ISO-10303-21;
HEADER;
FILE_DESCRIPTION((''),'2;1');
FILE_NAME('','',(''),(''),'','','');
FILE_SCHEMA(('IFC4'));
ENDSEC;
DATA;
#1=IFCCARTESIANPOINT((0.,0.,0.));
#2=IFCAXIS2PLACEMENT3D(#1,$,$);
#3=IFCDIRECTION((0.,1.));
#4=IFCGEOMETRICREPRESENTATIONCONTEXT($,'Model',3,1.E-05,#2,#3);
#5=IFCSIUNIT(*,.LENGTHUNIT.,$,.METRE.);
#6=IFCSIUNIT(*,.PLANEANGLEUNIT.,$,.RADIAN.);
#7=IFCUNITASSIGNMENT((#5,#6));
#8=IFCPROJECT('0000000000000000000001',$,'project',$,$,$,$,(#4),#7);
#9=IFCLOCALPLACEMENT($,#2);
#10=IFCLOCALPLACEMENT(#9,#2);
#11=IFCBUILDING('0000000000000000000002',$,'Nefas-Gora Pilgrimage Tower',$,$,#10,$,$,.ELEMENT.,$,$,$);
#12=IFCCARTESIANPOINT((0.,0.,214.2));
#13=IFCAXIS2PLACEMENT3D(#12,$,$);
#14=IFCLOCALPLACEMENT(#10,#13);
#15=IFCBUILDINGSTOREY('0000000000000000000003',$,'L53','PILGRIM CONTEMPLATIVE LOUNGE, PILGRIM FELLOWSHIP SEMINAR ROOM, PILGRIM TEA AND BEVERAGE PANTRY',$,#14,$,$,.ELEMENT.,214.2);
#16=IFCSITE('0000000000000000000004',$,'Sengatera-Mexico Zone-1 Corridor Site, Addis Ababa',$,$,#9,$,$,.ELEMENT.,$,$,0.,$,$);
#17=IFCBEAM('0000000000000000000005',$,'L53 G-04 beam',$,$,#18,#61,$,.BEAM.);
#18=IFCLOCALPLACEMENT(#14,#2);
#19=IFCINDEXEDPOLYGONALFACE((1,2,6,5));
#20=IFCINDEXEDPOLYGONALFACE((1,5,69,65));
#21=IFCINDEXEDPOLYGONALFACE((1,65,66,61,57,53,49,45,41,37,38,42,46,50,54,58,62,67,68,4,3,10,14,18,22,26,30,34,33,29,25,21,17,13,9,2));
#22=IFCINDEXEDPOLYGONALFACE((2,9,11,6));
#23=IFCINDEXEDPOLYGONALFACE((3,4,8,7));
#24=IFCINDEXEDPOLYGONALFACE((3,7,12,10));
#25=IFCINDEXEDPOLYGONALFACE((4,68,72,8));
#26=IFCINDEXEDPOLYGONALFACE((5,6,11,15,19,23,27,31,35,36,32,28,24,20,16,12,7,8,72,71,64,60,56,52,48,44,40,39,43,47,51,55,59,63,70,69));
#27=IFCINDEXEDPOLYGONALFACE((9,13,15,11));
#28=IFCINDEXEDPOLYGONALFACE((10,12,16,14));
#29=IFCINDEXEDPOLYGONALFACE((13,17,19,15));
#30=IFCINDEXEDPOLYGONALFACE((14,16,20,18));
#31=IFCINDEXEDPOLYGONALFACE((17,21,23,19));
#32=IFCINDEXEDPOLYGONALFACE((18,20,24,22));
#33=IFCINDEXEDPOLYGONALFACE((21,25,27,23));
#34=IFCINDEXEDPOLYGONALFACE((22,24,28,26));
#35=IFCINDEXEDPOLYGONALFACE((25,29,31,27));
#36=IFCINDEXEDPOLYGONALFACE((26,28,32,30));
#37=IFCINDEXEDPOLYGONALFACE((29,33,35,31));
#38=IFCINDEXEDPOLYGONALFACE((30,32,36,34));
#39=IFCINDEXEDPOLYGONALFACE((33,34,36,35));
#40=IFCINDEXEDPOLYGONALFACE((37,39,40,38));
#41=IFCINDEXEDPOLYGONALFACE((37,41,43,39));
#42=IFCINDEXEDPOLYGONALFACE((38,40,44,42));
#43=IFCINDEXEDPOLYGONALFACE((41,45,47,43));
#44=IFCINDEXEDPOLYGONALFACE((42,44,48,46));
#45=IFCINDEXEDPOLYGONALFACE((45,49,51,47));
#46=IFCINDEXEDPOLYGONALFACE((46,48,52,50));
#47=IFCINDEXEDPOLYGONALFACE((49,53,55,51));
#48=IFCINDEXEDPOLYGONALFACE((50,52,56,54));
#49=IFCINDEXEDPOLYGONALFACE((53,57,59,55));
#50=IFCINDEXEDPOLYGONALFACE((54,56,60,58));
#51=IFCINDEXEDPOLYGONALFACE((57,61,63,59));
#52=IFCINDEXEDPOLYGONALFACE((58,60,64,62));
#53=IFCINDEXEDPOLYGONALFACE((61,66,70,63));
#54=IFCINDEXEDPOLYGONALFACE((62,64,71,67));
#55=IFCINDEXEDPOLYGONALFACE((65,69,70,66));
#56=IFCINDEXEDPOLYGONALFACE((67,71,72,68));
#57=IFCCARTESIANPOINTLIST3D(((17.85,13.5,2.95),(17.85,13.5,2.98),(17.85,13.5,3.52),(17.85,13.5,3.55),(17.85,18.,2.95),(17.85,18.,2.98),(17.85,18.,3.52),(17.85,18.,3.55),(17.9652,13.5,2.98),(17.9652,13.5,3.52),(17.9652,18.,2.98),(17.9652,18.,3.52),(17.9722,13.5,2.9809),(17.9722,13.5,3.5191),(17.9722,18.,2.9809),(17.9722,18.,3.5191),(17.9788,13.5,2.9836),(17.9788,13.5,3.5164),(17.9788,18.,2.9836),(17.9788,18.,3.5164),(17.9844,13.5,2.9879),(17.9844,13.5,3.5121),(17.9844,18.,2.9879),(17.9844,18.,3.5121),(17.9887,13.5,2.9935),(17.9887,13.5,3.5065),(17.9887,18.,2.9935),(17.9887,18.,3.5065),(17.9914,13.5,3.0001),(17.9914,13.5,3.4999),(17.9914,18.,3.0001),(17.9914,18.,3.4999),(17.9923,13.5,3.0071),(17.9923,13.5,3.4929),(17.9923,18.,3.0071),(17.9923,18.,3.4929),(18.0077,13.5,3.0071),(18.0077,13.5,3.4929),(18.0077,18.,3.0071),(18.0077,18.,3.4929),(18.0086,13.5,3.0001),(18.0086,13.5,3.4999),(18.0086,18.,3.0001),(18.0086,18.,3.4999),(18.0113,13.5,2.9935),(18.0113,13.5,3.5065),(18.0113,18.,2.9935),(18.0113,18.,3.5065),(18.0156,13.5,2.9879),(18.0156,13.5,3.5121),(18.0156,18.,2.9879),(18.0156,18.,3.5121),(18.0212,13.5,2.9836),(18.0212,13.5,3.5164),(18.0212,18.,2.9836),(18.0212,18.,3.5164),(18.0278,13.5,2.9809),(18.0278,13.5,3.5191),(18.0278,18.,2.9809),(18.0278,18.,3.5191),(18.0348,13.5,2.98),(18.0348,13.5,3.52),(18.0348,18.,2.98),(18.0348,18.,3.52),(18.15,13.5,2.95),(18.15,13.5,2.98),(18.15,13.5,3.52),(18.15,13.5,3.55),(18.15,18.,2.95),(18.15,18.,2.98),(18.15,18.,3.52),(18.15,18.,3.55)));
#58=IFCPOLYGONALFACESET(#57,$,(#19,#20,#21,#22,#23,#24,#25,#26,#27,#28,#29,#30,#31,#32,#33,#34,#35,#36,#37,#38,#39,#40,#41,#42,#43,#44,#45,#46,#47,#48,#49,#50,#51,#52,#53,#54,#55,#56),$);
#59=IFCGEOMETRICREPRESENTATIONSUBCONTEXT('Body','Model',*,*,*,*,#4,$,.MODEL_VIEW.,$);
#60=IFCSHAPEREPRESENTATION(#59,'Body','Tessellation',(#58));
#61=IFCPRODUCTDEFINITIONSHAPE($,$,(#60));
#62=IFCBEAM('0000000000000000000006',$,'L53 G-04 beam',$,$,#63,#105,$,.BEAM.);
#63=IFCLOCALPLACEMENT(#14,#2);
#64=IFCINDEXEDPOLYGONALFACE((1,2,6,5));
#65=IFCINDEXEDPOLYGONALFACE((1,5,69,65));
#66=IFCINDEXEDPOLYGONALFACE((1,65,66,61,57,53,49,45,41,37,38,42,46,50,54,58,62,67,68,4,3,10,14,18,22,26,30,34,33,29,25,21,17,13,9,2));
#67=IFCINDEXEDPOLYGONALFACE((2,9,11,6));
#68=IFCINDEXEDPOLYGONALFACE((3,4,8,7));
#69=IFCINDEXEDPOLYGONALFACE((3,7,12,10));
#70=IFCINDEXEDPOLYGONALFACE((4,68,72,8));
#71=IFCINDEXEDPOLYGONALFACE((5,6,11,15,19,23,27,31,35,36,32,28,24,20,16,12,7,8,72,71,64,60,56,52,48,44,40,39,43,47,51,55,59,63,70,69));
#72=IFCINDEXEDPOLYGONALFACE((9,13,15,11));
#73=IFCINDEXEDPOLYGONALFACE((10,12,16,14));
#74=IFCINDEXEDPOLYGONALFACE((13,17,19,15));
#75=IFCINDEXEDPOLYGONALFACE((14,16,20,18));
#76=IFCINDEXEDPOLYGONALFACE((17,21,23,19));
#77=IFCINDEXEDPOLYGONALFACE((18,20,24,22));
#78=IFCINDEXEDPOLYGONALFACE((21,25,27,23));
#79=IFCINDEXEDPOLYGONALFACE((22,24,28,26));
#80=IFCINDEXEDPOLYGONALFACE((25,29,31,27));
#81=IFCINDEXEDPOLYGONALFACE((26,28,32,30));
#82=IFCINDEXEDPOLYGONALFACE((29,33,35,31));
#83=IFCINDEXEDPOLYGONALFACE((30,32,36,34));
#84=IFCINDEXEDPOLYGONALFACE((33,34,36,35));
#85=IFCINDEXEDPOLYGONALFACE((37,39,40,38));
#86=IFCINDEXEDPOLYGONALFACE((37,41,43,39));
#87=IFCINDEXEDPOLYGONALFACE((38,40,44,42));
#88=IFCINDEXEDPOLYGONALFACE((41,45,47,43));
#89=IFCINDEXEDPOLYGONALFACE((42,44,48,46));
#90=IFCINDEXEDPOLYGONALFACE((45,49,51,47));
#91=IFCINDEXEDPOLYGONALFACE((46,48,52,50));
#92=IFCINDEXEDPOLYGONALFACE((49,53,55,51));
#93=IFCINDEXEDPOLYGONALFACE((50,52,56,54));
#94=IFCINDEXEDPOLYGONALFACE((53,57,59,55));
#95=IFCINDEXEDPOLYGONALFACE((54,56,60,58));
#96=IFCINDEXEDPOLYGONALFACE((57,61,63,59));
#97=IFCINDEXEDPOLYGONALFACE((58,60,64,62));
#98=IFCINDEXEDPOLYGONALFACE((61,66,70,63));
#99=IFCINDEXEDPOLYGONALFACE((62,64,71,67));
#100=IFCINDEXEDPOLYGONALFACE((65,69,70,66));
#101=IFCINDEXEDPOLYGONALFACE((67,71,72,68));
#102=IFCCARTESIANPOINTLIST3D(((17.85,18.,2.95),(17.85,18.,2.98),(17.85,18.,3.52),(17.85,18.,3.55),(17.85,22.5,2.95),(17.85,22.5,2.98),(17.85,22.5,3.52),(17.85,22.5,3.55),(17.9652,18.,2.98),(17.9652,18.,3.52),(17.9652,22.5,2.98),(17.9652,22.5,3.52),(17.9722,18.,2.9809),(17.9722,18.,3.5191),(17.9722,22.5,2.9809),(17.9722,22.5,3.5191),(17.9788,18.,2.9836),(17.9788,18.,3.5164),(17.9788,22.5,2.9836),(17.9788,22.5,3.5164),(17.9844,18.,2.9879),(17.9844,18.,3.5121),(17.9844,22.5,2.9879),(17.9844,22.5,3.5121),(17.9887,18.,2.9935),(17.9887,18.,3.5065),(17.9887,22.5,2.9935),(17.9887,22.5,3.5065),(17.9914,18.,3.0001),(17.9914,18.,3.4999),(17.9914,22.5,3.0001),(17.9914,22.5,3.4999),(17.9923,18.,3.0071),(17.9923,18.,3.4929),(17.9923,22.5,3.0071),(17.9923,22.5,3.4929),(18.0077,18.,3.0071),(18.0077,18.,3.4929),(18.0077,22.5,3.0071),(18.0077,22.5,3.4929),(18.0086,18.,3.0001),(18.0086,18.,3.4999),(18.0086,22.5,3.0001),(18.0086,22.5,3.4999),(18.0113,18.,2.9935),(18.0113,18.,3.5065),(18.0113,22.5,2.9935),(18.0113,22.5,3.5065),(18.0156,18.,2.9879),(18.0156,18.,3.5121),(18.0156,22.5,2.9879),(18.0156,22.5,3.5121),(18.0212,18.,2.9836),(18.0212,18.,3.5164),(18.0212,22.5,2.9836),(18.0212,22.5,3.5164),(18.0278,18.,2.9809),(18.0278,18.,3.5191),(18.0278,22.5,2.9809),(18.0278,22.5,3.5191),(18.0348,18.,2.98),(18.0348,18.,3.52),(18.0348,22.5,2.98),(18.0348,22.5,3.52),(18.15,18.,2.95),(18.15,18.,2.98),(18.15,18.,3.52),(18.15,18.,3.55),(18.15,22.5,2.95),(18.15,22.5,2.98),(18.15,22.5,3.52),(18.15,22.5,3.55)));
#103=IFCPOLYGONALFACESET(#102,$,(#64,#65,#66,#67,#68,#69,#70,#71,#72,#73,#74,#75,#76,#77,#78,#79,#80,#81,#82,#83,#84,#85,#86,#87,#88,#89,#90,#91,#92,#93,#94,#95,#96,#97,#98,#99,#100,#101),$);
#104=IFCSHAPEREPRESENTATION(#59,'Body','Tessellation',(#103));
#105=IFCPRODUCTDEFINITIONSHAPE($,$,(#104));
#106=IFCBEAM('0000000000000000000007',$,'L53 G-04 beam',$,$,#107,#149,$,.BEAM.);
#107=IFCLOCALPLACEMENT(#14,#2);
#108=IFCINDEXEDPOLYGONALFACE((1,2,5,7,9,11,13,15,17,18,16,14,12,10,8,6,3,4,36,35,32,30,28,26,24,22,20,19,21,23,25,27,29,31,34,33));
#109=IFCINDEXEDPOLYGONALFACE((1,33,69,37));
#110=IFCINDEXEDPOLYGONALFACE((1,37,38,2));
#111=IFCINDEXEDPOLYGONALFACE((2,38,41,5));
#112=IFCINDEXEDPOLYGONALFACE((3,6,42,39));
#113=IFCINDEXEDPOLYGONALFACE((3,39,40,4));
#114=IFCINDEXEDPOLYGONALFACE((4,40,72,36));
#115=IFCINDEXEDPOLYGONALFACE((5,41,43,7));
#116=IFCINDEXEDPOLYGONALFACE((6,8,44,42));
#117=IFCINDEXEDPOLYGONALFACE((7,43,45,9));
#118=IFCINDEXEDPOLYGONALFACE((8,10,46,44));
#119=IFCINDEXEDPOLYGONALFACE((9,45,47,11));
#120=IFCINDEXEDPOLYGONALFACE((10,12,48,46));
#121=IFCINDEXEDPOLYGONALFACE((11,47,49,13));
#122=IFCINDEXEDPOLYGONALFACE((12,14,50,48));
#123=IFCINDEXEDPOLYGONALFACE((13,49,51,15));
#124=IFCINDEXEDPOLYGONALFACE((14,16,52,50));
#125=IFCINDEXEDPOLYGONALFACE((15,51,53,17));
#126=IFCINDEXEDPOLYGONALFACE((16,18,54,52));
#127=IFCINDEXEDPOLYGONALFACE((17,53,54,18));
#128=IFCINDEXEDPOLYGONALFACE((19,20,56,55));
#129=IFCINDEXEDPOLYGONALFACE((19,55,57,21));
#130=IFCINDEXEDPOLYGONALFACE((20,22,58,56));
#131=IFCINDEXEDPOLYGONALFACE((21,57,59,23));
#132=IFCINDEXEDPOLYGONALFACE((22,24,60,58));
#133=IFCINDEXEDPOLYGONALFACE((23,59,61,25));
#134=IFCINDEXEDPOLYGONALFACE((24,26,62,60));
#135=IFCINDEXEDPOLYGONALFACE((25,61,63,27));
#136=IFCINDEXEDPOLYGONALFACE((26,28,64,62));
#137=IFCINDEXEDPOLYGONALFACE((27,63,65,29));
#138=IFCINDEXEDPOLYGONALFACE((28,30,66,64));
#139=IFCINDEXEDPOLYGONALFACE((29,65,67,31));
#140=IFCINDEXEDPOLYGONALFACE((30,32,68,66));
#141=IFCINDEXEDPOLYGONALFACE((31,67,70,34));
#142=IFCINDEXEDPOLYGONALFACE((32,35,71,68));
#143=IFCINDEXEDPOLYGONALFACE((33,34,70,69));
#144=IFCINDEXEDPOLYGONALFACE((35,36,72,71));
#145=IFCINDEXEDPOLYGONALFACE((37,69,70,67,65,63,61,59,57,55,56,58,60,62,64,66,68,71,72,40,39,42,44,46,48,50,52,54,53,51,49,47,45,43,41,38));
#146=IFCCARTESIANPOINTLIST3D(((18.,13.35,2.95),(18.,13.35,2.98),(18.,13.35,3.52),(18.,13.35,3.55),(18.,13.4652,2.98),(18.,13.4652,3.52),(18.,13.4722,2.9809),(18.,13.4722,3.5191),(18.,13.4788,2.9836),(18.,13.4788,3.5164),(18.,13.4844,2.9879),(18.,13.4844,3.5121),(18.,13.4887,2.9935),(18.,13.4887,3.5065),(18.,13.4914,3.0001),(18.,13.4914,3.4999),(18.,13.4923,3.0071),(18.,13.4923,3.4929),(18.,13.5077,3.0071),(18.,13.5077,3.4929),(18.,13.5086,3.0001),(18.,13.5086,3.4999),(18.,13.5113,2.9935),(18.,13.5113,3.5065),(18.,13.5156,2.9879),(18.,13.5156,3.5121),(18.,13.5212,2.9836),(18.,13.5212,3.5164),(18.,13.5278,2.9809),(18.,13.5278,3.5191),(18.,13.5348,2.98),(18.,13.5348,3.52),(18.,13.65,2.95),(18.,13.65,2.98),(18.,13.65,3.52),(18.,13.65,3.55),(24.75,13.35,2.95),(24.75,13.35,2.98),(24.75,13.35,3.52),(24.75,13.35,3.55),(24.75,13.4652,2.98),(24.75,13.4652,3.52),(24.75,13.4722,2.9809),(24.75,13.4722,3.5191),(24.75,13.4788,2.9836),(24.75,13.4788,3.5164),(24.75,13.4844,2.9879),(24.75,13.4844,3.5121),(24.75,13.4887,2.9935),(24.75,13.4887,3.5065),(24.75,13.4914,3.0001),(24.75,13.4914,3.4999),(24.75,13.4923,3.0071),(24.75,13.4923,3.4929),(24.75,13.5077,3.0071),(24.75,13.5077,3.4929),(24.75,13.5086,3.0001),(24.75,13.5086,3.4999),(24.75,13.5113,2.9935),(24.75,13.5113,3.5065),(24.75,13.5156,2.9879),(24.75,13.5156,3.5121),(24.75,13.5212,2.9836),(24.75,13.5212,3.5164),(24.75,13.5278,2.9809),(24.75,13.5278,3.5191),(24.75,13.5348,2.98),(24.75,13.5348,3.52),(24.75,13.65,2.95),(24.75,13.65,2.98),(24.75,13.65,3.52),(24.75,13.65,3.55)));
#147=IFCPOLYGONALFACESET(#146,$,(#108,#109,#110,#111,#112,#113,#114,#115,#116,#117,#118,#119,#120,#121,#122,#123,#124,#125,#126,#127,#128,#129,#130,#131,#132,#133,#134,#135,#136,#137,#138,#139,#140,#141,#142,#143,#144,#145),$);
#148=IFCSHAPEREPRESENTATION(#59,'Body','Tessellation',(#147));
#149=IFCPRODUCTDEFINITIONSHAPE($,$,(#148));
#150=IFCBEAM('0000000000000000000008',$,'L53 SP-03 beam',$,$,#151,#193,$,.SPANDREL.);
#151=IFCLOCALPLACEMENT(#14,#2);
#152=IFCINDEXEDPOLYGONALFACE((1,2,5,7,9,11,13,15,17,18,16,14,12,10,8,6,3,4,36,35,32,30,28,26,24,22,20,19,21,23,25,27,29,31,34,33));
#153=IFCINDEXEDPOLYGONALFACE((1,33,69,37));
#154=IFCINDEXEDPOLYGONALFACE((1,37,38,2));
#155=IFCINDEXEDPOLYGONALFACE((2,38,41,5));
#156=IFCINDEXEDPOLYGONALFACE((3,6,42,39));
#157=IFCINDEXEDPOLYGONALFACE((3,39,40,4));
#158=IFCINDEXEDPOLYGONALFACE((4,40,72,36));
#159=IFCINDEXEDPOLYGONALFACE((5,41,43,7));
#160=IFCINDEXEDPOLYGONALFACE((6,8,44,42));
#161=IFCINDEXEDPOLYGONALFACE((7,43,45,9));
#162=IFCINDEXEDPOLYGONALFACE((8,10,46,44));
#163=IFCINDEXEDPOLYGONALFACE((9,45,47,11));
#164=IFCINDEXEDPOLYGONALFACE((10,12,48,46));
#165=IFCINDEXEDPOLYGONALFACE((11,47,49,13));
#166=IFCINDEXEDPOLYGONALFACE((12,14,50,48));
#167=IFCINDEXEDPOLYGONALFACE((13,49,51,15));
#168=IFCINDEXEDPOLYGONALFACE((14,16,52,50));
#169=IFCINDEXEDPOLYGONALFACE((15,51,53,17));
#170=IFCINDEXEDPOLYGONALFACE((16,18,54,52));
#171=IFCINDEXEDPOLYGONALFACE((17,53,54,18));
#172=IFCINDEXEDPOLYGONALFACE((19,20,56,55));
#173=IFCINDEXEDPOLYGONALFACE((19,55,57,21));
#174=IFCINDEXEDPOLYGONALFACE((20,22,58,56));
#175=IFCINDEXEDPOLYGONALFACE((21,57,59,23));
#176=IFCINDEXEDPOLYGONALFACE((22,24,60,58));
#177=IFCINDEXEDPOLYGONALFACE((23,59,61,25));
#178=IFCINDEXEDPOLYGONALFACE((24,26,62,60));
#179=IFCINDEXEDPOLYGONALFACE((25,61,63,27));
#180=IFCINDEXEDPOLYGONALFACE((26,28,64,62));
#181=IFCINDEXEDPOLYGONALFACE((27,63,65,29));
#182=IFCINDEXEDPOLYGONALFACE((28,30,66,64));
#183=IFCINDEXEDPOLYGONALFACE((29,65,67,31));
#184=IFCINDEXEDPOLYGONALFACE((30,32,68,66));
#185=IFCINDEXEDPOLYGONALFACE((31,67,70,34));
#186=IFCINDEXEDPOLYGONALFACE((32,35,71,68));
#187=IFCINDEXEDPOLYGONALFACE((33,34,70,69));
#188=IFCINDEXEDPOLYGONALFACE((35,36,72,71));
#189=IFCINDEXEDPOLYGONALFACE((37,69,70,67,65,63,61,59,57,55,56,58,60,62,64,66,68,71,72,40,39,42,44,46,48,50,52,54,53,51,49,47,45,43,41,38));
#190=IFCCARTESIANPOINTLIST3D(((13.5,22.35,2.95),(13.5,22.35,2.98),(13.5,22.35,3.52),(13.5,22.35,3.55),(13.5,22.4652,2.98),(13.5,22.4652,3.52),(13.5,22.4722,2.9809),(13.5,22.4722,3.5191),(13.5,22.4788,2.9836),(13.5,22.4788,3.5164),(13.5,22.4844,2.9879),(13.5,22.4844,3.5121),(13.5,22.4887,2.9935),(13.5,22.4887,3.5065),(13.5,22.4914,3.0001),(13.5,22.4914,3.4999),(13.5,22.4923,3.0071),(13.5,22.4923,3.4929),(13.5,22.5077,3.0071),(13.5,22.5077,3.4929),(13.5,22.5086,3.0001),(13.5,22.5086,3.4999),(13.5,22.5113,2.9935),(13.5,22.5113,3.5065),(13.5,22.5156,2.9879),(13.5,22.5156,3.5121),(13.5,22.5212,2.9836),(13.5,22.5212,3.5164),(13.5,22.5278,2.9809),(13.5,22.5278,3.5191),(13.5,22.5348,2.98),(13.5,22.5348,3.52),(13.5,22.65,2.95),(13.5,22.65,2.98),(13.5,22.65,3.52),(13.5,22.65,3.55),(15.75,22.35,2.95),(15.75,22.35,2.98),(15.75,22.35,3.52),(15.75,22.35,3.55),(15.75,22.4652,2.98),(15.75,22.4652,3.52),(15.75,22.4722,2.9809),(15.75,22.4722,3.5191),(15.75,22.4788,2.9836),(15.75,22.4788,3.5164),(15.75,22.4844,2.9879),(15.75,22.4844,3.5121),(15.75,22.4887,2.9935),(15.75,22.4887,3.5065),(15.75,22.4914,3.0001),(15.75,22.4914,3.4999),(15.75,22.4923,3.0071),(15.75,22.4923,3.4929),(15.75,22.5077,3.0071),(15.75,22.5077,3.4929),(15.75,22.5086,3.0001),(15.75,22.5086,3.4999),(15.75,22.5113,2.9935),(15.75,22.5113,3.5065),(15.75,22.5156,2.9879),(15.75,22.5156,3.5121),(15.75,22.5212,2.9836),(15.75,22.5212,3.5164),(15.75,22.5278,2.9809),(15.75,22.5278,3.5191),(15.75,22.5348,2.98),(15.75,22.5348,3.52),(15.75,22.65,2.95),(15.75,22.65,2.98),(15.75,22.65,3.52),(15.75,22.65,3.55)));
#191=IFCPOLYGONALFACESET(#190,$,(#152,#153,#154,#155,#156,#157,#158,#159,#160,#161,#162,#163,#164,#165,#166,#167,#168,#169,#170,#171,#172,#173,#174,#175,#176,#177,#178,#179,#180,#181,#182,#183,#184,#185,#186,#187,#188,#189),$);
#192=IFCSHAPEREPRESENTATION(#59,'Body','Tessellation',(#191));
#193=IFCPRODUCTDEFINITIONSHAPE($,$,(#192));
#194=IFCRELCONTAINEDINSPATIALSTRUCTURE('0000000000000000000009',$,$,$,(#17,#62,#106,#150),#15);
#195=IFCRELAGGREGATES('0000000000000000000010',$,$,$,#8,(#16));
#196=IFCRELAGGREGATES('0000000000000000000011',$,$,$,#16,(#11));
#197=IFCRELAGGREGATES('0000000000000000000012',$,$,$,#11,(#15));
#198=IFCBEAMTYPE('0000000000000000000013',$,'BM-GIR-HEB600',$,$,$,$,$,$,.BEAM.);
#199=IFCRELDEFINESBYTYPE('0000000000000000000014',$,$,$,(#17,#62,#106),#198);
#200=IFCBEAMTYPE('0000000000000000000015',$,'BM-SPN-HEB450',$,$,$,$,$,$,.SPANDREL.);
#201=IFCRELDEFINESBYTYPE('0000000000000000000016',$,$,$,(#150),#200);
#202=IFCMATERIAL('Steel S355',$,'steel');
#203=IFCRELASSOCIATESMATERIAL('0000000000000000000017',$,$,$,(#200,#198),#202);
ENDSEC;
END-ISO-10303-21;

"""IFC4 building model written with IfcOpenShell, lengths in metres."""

from ifc_helpers import new_model, si_unit, direction, frame, origin, origin_2d, place, context, subcontext, project, spatial, i_section, extrude, source, transform, mapped, material, material_profile, profile_set, type_object, element, save


model = new_model("IFC4")

# Units and contexts
model_context = context("Model", 3, precision=1e-05, world=origin(), true_north=direction((0.0, 1.0)))
body_context = subcontext(model_context, "Body", "Model", "MODEL_VIEW")
ifc_project = project(units=[si_unit("LENGTHUNIT", "METRE"), si_unit("PLANEANGLEUNIT", "RADIAN")], contexts=[model_context])

# Site, building, storey
site_placement = place(None, origin())
site = spatial("IfcSite", under=ifc_project, at=site_placement, Name="Sengatera-Mexico Zone-1 Corridor Site, Addis Ababa", CompositionType="ELEMENT", RefElevation=0.0)
building_placement = place(site_placement, origin())
building = spatial("IfcBuilding", under=site, at=building_placement, Name="Nefas-Gora Pilgrimage Tower", CompositionType="ELEMENT")
storey_placement = place(building_placement, frame((0.0, 0.0, 214.2)))
storey = spatial("IfcBuildingStorey", under=building, at=storey_placement, Name="L53", Description="PILGRIM CONTEMPLATIVE LOUNGE, PILGRIM FELLOWSHIP SEMINAR ROOM, PILGRIM TEA AND BEVERAGE PANTRY", CompositionType="ELEMENT", Elevation=214.2)

# Beams
ifc_material_1 = material(Name="Steel S355", Category="steel")
ifc_material_profile_1 = material_profile(ifc_material_1, i_section(OverallWidth=0.3, OverallDepth=0.6001, WebThickness=0.0154, FlangeThickness=0.03, FilletRadius=0.0271, at=origin_2d()), Name="HEB 600")
ifc_profile_set_1 = profile_set([ifc_material_profile_1], Name="Steel S355")
beam_type_1 = type_object("IfcBeamType", Name="BM-SPN-HEB450", PredefinedType="SPANDREL", material=ifc_profile_set_1)
ifc_material_profile_2 = material_profile(ifc_material_1, i_section(OverallWidth=0.3, OverallDepth=0.6001, WebThickness=0.0154, FlangeThickness=0.03, FilletRadius=0.0271, at=origin_2d()), Name="HEB 600")
ifc_profile_set_2 = profile_set([ifc_material_profile_2], Name="Steel S355")
beam_type_2 = type_object("IfcBeamType", Name="BM-GIR-HEB600", PredefinedType="BEAM", material=ifc_profile_set_2)
shared_shape_1 = source(origin(), body_context, "Body", "SweptSolid", [
    extrude(i_section(OverallWidth=0.3, OverallDepth=0.6001, WebThickness=0.0154, FlangeThickness=0.03, FilletRadius=0.0271, at=origin_2d()), origin(), (0.0, 0.0, 1.0), 4.5),
])
for number, where, z_axis, x_axis, name in (
    (1, (18.0, 13.5, 3.25), (0.0, 1.0, 0.0), (-1.0, 0.0, 0.0), "L53 G-04 beam"),
    (2, (18.0, 18.0, 3.25), (0.0, 1.0, 0.0), (-1.0, 0.0, 0.0), "L53 G-04 beam"),
):
    element("IfcBeam", number, at=place(storey_placement, frame(where, z_axis=z_axis, x_axis=x_axis)), inside=storey, type_object=beam_type_2, Name=name, PredefinedType="BEAM", context=body_context, shape_type="MappedRepresentation", body=[
        mapped(shared_shape_1, transform((0.0, 0.0, 0.0), x_axis=(1.0, 0.0, 0.0), y_axis=(0.0, 1.0, 0.0), z_axis=(0.0, 0.0, 1.0), scale=1.0)),
    ])
shared_shape_2 = source(origin(), body_context, "Body", "SweptSolid", [
    extrude(i_section(OverallWidth=0.3, OverallDepth=0.6001, WebThickness=0.0154, FlangeThickness=0.03, FilletRadius=0.0271, at=origin_2d()), origin(), (0.0, 0.0, 1.0), 6.75),
])
beam_1_placement = place(storey_placement, frame((18.0, 13.5, 3.25), z_axis=(1.0, 0.0, 0.0), x_axis=(0.0, 1.0, 0.0)))
element("IfcBeam", 3, at=beam_1_placement, inside=storey, type_object=beam_type_2, Name="L53 G-04 beam", PredefinedType="BEAM", context=body_context, shape_type="MappedRepresentation", body=[
    mapped(shared_shape_2, transform((0.0, 0.0, 0.0), x_axis=(1.0, 0.0, 0.0), y_axis=(0.0, 1.0, 0.0), z_axis=(0.0, 0.0, 1.0), scale=1.0)),
])
shared_shape_3 = source(origin(), body_context, "Body", "SweptSolid", [
    extrude(i_section(OverallWidth=0.3, OverallDepth=0.6001, WebThickness=0.0154, FlangeThickness=0.03, FilletRadius=0.0271, at=origin_2d()), origin(), (0.0, 0.0, 1.0), 2.25),
])
for number, where, z_axis, x_axis, name in (
    (4, (13.5, 22.5, 3.25), (1.0, 0.0, 0.0), (0.0, 1.0, 0.0), "L53 SP-03 beam"),
):
    element("IfcBeam", number, at=place(storey_placement, frame(where, z_axis=z_axis, x_axis=x_axis)), inside=storey, type_object=beam_type_1, Name=name, PredefinedType="SPANDREL", context=body_context, shape_type="MappedRepresentation", body=[
        mapped(shared_shape_3, transform((0.0, 0.0, 0.0), x_axis=(1.0, 0.0, 0.0), y_axis=(0.0, 1.0, 0.0), z_axis=(0.0, 0.0, 1.0), scale=1.0)),
    ])

save(model, "model.ifc")
